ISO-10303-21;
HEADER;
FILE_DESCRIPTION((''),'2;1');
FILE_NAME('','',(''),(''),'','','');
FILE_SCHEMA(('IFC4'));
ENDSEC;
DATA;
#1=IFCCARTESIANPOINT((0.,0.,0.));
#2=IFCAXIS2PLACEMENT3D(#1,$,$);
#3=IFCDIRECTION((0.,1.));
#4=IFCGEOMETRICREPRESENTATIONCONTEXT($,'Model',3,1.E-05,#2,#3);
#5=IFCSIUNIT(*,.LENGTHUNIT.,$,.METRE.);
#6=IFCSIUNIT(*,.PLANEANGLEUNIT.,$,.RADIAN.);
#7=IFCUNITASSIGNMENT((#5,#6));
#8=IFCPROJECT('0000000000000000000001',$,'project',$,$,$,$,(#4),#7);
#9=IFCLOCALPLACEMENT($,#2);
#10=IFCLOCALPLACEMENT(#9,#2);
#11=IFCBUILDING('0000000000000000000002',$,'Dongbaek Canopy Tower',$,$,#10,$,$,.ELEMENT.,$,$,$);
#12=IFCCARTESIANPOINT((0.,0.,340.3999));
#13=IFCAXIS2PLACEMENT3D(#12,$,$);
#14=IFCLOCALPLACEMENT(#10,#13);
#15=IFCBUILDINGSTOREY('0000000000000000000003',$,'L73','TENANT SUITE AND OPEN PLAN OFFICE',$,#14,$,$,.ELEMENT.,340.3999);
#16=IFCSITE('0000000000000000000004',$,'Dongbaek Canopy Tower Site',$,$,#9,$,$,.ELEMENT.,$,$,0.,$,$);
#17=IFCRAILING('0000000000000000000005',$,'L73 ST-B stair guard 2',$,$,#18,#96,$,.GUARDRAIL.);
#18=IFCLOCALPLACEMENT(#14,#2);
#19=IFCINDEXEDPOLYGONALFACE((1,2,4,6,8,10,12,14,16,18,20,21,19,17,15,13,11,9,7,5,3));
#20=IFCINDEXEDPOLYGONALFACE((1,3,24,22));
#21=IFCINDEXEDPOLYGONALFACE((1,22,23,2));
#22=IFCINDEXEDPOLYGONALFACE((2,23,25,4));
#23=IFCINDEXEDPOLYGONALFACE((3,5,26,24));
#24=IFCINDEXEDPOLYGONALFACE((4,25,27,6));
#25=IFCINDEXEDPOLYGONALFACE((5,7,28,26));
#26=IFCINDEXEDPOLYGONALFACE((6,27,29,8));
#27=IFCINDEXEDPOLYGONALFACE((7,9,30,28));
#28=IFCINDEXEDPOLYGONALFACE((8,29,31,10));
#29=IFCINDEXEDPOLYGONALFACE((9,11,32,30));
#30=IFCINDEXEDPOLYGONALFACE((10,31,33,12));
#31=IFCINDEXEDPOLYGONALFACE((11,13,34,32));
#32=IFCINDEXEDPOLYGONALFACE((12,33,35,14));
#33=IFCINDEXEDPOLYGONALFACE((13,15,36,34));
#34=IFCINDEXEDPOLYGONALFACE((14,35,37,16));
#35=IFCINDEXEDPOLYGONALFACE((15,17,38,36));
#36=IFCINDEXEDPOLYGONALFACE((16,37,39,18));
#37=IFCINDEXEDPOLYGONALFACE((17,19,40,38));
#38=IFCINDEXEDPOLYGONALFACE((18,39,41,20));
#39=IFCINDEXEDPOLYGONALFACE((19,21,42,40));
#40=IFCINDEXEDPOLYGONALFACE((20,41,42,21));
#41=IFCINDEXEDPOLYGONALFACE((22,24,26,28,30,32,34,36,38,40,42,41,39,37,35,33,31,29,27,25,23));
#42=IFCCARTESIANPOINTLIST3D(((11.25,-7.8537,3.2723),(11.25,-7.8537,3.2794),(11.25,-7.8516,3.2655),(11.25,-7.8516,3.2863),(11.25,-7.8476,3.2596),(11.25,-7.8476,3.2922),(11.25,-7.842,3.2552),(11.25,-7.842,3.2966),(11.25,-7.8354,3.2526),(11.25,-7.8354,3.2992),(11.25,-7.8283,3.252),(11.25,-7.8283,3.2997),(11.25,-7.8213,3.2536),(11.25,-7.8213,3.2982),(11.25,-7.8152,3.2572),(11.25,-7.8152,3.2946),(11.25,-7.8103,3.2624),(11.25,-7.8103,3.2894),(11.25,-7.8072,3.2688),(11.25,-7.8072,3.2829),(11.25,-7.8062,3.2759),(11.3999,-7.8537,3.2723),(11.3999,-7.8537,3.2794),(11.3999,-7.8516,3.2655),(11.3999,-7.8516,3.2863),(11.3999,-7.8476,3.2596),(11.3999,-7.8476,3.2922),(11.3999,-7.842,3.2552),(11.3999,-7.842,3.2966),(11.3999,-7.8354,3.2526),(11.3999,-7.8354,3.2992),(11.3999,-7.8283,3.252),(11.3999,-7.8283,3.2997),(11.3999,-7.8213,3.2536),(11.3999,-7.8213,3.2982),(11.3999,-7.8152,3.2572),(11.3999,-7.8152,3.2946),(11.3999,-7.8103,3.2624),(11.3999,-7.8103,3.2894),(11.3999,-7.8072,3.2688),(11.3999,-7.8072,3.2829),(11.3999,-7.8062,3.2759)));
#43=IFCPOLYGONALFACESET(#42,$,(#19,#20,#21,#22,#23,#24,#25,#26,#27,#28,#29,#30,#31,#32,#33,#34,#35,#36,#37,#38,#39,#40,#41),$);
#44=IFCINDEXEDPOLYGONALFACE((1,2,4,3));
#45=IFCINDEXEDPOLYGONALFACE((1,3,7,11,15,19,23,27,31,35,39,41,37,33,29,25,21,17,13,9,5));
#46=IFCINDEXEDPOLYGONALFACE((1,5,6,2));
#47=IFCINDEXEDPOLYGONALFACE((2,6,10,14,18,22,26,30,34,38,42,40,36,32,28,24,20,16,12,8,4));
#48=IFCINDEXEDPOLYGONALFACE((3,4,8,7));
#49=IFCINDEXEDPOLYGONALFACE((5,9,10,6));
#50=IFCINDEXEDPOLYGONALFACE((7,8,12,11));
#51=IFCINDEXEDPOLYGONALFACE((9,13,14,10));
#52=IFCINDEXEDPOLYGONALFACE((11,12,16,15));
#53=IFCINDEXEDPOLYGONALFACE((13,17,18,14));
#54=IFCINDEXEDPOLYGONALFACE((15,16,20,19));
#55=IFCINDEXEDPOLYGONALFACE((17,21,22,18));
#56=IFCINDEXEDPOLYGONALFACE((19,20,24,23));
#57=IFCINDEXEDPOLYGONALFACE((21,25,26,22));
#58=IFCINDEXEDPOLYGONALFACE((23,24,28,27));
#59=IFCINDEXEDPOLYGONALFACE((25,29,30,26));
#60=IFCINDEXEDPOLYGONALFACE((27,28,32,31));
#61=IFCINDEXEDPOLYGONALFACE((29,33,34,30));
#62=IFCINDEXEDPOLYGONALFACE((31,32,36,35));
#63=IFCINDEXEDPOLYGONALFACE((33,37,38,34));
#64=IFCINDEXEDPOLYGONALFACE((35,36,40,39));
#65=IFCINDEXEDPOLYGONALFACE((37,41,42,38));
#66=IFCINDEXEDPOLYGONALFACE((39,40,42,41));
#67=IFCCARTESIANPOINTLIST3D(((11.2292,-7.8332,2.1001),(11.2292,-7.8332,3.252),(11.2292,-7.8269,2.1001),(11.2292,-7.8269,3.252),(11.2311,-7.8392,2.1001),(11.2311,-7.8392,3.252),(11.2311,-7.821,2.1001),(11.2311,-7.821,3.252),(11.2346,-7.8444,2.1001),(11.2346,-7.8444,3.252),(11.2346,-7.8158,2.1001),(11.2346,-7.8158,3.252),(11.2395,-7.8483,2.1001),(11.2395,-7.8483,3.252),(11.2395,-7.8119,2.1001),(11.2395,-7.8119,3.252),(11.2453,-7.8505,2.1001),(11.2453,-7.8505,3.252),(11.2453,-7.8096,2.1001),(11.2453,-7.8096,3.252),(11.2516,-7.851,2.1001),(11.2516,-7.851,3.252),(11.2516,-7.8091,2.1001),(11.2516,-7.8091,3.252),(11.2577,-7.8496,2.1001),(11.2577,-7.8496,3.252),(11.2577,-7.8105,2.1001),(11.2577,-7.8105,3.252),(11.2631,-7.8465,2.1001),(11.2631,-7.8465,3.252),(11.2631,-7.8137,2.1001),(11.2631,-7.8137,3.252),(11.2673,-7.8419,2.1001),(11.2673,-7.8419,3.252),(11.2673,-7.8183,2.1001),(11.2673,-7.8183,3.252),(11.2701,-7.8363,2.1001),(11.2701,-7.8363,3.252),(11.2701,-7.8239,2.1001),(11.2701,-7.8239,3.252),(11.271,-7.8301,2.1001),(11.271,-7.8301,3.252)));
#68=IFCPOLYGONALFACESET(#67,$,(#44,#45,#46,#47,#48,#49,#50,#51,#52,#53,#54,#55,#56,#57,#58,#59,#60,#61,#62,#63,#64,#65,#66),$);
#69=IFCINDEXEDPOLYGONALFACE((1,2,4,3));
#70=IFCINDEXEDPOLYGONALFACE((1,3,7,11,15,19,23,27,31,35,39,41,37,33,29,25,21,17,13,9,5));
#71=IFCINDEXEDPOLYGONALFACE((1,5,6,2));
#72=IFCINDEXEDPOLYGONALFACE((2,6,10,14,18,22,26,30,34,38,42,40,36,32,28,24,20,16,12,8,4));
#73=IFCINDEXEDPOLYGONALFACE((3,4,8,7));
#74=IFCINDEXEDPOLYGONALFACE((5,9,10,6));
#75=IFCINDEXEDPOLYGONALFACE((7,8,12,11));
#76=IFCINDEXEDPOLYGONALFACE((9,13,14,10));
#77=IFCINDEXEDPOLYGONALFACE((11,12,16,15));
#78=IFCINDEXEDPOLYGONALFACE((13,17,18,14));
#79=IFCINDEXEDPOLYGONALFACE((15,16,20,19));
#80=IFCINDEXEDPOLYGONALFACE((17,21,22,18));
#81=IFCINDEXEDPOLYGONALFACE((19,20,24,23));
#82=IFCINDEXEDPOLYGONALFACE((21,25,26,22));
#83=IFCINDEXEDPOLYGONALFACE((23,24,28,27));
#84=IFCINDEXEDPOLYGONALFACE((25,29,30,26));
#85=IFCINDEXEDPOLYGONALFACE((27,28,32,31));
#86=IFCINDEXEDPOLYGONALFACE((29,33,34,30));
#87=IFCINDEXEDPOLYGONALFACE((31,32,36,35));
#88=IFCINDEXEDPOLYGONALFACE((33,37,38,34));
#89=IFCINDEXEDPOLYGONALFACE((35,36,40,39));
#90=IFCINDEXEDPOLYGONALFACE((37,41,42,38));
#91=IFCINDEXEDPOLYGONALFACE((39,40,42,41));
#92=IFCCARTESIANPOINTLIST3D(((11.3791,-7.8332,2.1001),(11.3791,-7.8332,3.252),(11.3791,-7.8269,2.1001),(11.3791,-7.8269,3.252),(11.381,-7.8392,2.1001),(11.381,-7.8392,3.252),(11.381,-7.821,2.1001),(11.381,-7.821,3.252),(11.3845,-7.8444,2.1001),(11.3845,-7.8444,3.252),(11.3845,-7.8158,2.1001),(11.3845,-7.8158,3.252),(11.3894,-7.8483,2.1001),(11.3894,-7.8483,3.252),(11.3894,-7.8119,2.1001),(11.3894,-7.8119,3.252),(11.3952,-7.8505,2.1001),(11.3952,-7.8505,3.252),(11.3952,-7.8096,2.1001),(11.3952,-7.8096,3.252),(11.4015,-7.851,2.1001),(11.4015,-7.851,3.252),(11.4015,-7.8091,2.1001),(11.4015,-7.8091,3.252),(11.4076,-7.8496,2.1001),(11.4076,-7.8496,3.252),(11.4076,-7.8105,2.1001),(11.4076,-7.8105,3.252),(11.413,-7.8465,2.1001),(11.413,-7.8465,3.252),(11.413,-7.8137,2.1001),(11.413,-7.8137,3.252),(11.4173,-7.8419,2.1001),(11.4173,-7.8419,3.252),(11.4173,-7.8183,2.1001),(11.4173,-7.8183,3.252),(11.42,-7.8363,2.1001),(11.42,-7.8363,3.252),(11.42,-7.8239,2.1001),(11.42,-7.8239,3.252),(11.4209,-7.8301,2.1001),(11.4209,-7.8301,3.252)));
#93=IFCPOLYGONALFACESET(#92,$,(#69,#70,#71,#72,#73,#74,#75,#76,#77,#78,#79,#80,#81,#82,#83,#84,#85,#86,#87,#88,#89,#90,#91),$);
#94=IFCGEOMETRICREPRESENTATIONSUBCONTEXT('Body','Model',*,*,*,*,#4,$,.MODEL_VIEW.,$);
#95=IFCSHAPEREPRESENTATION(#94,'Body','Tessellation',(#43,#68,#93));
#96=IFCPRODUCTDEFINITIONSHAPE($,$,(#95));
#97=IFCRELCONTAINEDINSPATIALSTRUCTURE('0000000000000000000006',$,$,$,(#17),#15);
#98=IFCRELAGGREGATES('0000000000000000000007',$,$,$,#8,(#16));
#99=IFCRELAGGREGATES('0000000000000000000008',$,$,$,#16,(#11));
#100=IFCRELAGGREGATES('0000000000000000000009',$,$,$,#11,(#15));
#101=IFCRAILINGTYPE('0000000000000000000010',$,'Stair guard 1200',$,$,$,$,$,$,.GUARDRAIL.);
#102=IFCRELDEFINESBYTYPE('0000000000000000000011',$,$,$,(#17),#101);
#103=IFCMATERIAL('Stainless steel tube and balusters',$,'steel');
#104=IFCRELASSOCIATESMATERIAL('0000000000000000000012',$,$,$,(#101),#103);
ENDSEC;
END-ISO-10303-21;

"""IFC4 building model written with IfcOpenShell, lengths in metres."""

from ifc_helpers import new_model, si_unit, direction, frame, origin, origin_2d, place, context, subcontext, project, spatial, circle, extrude, material, type_object, element, save


model = new_model("IFC4")

# Units and contexts
model_context = context("Model", 3, precision=1e-05, world=origin(), true_north=direction((0.0, 1.0)))
body_context = subcontext(model_context, "Body", "Model", "MODEL_VIEW")
ifc_project = project(units=[si_unit("LENGTHUNIT", "METRE"), si_unit("PLANEANGLEUNIT", "RADIAN")], contexts=[model_context])

# Site, building, storey
site_placement = place(None, origin())
site = spatial("IfcSite", under=ifc_project, at=site_placement, Name="Dongbaek Canopy Tower Site", CompositionType="ELEMENT", RefElevation=0.0)
building_placement = place(site_placement, origin())
building = spatial("IfcBuilding", under=site, at=building_placement, Name="Dongbaek Canopy Tower", CompositionType="ELEMENT")
storey_placement = place(building_placement, frame((0.0, 0.0, 340.3999)))
storey = spatial("IfcBuildingStorey", under=building, at=storey_placement, Name="L73", Description="TENANT SUITE AND OPEN PLAN OFFICE", CompositionType="ELEMENT", Elevation=340.3999)

# Railing
ifc_material_1 = material(Name="Stainless steel tube and balusters", Category="steel")
railing_type_1 = type_object("IfcRailingType", Name="Stair guard 1200", PredefinedType="GUARDRAIL", material=ifc_material_1)
railing_1_placement = place(storey_placement, frame((11.25, -7.8301, 2.1001)))
element("IfcRailing", 1, at=railing_1_placement, inside=storey, type_object=railing_type_1, Name="L73 ST-B stair guard 2", PredefinedType="GUARDRAIL", context=body_context, shape_type="SweptSolid", body=[
    extrude(circle(Radius=0.0239, at=origin_2d()), frame((0.0, 0.0, 1.1758), z_axis=(1.0, 0.0, 0.0), x_axis=(0.0, 1.0, 0.0)), (0.0, 0.0, 1.0), 0.1499),
    extrude(circle(Radius=0.021, at=origin_2d()), origin(), (0.0, 0.0, 1.0), 1.1519),
    extrude(circle(Radius=0.021, at=origin_2d()), frame((0.1499, 0.0, 0.0)), (0.0, 0.0, 1.0), 1.1519),
])

save(model, "model.ifc")
